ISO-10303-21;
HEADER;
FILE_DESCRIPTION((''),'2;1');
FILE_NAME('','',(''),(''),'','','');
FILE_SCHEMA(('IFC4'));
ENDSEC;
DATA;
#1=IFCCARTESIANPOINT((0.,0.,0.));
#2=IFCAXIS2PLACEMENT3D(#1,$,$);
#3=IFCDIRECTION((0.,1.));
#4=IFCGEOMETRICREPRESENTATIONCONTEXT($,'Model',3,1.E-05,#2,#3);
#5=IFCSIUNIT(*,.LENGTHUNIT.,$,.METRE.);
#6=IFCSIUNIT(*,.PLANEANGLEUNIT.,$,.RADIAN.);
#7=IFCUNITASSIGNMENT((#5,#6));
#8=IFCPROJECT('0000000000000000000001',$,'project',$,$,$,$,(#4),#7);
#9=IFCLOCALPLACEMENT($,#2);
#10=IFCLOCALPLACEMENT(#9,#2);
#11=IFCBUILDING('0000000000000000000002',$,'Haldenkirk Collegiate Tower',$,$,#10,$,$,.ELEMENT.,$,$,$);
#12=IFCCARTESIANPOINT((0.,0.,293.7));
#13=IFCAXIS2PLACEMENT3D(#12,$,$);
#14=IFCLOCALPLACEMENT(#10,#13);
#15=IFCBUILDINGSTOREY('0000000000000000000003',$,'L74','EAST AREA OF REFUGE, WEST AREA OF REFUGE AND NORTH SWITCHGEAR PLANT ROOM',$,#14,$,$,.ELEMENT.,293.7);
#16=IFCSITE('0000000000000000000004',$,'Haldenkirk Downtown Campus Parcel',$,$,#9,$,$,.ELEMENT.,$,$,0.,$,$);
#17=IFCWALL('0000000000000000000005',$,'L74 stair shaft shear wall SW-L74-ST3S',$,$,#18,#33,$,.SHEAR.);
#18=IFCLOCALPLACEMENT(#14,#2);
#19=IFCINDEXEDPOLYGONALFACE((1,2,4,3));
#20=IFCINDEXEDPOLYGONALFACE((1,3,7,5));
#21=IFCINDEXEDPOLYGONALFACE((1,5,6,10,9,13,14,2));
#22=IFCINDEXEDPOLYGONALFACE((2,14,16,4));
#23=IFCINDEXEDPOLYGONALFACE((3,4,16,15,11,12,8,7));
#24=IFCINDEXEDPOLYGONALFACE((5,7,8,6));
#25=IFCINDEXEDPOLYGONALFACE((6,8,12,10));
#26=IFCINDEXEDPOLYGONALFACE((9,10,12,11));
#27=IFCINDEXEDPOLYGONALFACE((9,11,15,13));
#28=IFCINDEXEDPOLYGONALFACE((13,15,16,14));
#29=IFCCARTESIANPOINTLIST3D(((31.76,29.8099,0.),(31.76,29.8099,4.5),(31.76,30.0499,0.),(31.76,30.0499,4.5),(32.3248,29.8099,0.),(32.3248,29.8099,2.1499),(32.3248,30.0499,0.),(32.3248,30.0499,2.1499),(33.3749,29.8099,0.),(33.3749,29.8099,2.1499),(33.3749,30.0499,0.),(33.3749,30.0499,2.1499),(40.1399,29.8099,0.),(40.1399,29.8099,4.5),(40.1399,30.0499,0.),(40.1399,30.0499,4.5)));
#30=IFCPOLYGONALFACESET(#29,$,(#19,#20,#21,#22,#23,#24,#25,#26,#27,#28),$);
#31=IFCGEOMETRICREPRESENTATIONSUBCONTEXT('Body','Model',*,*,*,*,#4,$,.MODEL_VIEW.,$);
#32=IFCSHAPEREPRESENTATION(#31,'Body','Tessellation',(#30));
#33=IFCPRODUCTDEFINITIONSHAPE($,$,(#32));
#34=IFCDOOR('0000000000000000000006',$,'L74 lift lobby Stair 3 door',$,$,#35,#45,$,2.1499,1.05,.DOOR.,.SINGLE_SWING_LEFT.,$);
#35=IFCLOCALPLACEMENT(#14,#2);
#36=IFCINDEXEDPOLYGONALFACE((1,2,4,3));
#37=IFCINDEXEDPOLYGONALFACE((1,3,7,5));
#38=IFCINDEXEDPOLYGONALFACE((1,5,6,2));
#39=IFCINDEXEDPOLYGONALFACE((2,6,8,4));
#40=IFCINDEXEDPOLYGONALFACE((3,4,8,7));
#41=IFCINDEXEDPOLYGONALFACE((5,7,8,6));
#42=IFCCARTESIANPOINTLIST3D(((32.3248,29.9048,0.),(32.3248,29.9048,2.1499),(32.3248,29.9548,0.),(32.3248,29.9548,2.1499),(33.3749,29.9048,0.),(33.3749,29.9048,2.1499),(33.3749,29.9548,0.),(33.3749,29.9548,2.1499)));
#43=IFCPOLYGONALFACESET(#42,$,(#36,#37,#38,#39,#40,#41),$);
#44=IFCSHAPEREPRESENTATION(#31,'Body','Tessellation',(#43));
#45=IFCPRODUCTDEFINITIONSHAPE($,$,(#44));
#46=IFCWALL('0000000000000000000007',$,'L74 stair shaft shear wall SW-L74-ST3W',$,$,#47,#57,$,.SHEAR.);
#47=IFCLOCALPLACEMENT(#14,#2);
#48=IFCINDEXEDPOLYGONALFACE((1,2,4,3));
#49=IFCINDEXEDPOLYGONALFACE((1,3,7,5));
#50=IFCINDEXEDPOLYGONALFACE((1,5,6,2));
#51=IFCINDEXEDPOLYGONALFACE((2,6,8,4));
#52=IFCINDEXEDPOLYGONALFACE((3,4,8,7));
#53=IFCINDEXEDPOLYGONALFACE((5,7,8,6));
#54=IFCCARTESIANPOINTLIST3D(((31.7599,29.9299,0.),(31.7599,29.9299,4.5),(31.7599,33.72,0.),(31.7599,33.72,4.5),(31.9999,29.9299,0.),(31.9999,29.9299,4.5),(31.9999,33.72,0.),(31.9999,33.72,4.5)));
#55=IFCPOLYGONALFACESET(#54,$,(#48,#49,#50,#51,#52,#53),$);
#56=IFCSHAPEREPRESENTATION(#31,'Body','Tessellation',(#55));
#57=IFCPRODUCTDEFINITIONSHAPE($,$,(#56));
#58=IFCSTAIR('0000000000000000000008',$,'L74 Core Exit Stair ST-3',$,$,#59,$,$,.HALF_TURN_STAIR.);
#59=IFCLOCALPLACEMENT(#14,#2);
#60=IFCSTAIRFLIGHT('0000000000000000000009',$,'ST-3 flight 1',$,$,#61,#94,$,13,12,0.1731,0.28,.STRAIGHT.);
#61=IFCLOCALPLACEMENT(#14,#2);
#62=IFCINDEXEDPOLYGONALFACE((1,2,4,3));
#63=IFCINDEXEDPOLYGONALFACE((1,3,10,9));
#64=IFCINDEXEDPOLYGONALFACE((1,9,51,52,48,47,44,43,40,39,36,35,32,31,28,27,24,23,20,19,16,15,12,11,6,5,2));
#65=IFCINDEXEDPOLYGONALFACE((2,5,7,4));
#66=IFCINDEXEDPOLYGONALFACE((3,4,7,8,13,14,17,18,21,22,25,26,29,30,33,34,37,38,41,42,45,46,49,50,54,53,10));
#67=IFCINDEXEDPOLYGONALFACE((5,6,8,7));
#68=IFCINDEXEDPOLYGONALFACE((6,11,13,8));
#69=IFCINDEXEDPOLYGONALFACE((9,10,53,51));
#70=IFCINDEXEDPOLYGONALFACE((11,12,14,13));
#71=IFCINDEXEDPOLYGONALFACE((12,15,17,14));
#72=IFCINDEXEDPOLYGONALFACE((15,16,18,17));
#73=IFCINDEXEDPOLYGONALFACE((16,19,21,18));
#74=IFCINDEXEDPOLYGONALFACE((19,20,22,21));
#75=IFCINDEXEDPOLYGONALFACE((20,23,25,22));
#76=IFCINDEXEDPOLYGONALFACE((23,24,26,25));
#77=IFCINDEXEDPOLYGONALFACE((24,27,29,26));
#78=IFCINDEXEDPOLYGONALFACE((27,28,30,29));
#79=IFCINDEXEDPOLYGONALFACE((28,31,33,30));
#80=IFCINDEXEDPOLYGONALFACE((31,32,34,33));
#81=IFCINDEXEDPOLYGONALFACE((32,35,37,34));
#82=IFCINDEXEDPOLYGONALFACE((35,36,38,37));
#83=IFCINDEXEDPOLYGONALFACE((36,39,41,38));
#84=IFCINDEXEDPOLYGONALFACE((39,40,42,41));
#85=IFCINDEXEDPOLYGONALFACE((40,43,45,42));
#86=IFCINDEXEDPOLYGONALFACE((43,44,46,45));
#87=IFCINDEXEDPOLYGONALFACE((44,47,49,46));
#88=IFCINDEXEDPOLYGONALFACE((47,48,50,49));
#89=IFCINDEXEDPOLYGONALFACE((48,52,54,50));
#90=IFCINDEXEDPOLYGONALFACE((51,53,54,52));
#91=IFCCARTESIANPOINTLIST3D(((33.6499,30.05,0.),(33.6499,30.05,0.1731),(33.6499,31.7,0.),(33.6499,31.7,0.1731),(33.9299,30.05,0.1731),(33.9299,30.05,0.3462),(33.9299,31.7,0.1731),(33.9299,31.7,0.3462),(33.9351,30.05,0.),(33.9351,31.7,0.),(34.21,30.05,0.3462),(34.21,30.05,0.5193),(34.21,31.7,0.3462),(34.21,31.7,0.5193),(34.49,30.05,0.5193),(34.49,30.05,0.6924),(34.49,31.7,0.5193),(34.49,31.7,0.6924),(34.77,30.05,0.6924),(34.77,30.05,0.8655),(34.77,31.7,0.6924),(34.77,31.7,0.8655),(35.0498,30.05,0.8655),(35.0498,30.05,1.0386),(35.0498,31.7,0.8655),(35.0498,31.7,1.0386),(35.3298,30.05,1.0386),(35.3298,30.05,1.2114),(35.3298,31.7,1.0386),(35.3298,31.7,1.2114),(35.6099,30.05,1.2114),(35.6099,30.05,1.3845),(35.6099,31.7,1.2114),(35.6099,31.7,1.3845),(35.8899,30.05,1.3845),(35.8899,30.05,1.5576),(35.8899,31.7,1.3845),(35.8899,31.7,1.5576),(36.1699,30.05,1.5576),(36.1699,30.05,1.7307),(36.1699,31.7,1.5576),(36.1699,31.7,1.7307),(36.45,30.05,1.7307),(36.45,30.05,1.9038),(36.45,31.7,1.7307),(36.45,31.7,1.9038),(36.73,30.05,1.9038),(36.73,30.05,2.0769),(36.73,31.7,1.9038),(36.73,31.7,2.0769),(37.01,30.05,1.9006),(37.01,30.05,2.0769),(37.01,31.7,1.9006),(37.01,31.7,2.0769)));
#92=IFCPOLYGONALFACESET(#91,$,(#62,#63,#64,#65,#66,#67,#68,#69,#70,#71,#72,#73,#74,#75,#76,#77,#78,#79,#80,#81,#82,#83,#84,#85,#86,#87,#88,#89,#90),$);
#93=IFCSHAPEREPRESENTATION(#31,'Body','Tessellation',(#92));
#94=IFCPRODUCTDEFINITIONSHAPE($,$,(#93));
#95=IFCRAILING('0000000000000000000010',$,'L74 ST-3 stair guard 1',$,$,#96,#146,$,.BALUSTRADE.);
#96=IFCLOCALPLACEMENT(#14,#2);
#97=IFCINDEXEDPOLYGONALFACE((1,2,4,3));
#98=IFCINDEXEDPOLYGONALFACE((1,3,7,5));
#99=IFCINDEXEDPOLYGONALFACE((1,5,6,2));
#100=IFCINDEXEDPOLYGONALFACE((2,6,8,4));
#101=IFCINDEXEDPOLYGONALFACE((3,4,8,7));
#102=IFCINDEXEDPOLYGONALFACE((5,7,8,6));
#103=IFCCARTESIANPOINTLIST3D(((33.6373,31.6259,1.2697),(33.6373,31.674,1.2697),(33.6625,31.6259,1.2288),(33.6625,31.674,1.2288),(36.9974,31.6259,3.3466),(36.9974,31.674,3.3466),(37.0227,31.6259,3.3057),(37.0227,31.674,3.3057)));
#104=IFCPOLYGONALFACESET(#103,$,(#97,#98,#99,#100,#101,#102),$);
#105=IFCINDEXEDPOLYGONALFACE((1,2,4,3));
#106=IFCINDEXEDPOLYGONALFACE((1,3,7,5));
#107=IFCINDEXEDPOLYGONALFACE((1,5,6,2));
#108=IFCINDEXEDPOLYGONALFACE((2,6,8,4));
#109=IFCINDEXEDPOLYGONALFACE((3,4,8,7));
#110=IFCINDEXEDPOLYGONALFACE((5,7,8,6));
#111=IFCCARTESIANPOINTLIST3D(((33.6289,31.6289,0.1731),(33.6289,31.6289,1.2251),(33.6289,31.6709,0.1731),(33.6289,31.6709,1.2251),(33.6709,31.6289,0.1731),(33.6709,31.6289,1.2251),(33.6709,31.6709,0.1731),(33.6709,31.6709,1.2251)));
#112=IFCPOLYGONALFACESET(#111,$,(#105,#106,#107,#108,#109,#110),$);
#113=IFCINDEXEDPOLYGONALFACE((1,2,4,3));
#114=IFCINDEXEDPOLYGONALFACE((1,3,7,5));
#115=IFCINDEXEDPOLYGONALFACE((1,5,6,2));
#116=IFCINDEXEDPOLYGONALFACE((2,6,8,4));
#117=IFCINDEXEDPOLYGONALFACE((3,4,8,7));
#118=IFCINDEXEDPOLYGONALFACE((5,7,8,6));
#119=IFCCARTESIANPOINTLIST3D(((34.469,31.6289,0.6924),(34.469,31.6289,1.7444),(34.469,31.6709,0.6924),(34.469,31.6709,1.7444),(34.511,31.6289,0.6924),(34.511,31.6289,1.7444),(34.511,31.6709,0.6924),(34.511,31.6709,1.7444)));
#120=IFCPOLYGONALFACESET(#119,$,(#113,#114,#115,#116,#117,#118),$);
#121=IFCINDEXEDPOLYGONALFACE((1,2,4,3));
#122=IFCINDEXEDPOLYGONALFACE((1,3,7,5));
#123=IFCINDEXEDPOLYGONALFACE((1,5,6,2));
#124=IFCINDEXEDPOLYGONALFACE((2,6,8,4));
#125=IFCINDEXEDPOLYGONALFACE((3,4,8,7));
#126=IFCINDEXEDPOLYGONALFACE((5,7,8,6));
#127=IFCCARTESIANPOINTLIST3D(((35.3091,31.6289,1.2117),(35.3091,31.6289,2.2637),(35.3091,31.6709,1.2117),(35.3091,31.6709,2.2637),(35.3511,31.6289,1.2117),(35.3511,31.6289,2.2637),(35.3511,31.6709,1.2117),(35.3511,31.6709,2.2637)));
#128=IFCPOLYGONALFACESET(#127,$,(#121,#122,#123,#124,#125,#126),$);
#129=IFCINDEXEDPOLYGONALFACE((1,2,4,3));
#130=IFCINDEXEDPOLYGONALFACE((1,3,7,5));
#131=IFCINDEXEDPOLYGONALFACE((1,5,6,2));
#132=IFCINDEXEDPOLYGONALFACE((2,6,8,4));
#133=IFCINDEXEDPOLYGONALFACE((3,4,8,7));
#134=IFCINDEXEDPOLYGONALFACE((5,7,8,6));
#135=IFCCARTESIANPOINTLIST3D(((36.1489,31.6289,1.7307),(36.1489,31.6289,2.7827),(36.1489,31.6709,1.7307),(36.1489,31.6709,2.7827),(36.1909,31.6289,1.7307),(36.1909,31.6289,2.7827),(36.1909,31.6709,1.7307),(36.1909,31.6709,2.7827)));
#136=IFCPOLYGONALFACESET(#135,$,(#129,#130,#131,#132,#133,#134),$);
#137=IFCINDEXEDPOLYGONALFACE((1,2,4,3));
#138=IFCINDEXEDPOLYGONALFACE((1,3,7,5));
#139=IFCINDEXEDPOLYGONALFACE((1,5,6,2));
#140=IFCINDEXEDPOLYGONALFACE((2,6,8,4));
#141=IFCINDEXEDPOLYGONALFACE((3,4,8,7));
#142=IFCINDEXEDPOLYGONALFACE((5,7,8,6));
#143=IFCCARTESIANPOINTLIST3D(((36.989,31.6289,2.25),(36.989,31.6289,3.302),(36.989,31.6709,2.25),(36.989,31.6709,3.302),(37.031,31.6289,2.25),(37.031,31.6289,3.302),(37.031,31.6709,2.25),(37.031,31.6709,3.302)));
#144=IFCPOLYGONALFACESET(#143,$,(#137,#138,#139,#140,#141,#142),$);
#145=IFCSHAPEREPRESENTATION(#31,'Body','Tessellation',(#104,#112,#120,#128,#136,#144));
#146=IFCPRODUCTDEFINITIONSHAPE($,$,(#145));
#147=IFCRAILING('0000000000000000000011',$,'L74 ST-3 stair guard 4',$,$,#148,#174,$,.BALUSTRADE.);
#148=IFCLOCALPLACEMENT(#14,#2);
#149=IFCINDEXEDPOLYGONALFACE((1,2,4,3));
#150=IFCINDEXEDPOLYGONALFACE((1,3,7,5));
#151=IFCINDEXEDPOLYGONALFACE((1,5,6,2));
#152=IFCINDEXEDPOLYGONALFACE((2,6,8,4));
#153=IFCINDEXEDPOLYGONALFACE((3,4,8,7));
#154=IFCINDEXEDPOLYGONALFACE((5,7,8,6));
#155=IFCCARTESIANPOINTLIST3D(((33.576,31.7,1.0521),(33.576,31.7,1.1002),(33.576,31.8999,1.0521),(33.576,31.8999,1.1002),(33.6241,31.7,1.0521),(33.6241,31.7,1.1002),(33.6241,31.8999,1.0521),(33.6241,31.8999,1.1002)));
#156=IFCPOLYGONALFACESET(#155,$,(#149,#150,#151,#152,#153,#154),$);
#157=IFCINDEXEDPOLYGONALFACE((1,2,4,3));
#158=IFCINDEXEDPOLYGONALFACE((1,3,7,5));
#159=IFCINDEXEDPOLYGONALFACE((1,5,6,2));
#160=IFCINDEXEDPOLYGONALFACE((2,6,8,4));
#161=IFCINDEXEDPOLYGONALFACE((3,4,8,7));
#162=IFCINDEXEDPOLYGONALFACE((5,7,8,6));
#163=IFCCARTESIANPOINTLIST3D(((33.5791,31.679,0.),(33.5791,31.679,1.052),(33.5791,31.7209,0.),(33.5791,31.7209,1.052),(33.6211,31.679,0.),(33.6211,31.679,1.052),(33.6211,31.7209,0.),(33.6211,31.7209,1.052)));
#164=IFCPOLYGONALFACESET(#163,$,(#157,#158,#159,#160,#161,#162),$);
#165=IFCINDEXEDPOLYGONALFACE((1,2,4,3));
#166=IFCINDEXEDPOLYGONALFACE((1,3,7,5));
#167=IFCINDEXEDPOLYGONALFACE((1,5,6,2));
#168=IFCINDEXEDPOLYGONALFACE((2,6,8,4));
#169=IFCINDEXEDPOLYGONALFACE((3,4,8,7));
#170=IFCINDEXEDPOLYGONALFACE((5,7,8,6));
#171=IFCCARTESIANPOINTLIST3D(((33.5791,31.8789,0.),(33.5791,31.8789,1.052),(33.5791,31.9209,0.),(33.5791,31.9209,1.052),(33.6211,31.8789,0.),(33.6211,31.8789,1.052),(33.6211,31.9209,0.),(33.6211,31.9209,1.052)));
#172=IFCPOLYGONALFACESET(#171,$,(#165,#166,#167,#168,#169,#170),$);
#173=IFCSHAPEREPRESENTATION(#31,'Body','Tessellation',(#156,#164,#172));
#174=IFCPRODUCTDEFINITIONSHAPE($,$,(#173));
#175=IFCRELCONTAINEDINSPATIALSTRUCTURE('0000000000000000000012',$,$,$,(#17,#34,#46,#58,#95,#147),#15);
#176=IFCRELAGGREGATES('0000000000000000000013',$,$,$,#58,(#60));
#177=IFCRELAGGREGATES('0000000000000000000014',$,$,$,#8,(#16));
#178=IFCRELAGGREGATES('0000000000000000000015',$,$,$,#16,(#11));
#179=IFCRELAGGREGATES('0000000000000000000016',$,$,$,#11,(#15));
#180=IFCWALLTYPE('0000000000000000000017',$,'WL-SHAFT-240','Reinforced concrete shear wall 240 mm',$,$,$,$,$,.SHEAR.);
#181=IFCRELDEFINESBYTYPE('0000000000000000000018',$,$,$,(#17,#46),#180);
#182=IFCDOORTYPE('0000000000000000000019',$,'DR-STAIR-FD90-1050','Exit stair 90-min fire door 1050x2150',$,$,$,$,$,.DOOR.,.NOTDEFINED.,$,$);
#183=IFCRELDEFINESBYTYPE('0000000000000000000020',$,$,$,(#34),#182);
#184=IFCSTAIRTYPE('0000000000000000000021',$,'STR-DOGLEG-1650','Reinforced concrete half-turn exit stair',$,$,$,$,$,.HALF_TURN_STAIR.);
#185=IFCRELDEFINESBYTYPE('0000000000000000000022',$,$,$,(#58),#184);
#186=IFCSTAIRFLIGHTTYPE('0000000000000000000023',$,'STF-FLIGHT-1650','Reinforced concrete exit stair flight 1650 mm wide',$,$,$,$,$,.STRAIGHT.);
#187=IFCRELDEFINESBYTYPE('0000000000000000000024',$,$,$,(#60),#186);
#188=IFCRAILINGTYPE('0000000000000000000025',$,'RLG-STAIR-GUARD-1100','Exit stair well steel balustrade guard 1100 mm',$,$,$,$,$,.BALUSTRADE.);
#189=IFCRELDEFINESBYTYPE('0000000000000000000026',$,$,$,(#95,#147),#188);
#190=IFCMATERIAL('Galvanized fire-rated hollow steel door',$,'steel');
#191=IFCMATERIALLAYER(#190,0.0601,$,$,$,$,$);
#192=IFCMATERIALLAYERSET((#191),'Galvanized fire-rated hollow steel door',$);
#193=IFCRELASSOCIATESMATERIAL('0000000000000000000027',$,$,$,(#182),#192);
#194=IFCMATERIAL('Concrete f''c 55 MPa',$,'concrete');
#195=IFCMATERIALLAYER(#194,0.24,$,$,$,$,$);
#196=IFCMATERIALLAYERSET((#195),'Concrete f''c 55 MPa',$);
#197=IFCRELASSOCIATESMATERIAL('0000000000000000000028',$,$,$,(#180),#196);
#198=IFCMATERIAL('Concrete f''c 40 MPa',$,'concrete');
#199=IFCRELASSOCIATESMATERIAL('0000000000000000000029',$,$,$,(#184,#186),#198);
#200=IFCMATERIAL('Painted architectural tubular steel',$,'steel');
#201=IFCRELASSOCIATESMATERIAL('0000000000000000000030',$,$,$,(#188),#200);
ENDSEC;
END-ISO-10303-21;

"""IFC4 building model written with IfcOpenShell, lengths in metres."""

from ifc_helpers import new_model, si_unit, direction, frame, frame_2d, origin, origin_2d, place, context, subcontext, project, spatial, polyline, rectangle, outline, extrude, material, layer, layer_set, type_object, element, fill, aggregate, save


model = new_model("IFC4")

# Units and contexts
model_context = context("Model", 3, precision=1e-05, world=origin(), true_north=direction((0.0, 1.0)))
body_context = subcontext(model_context, "Body", "Model", "MODEL_VIEW")
ifc_project = project(units=[si_unit("LENGTHUNIT", "METRE"), si_unit("PLANEANGLEUNIT", "RADIAN")], contexts=[model_context])

# Site, building, storey
site_placement = place(None, origin())
site = spatial("IfcSite", under=ifc_project, at=site_placement, Name="Haldenkirk Downtown Campus Parcel", CompositionType="ELEMENT", RefElevation=0.0)
building_placement = place(site_placement, origin())
building = spatial("IfcBuilding", under=site, at=building_placement, Name="Haldenkirk Collegiate Tower", CompositionType="ELEMENT")
storey_placement = place(building_placement, frame((0.0, 0.0, 293.7)))
storey = spatial("IfcBuildingStorey", under=building, at=storey_placement, Name="L74", Description="EAST AREA OF REFUGE, WEST AREA OF REFUGE AND NORTH SWITCHGEAR PLANT ROOM", CompositionType="ELEMENT", Elevation=293.7)

# Shared definitions
ifc_material_1 = material(Name="Concrete f'c 55 MPa", Category="concrete")
ifc_material_2 = material(Name="Galvanized fire-rated hollow steel door", Category="steel")
ifc_layer_1 = layer(ifc_material_2, 0.0601)
ifc_layer_set_1 = layer_set([ifc_layer_1], Name="Galvanized fire-rated hollow steel door")
door_type_1 = type_object("IfcDoorType", Name="DR-STAIR-FD90-1050", Description="Exit stair 90-min fire door 1050x2150", OperationType="NOTDEFINED", PredefinedType="DOOR", material=ifc_layer_set_1)

# Wall, opening, door
ifc_layer_2 = layer(ifc_material_1, 0.24)
ifc_layer_set_2 = layer_set([ifc_layer_2], Name="Concrete f'c 55 MPa")
wall_type_1 = type_object("IfcWallType", Name="WL-SHAFT-240", Description="Reinforced concrete shear wall 240 mm", PredefinedType="SHEAR", material=ifc_layer_set_2)
wall_1_placement = place(storey_placement, frame((31.76, 29.9299, 0.0), z_axis=(0.0, 0.0, 1.0), x_axis=(1.0, 0.0, 0.0)))
wall_1 = element("IfcWall", 1, at=wall_1_placement, inside=storey, type_object=wall_type_1, Name="L74 stair shaft shear wall SW-L74-ST3S", PredefinedType="SHEAR", context=body_context, shape_type="SweptSolid", body=[
    extrude(rectangle(XDim=8.3799, YDim=0.24, at=frame_2d((4.1899, 0.0))), origin(), (0.0, 0.0, 1.0), 4.5),
])
opening_1_placement = place(wall_1_placement, frame((0.5649, 0.0, 0.0)))
opening_1 = element("IfcOpeningElement", 2, at=opening_1_placement, cuts=wall_1, PredefinedType="OPENING", context=body_context, shape_type="SweptSolid", body=[
    extrude(rectangle(XDim=1.05, YDim=2.1499, at=frame_2d((0.5249, 1.075))), frame((0.0, 0.1299, 0.0), z_axis=(0.0, -1.0, 0.0), x_axis=(1.0, 0.0, 0.0)), (0.0, 0.0, 1.0), 0.26),
])
door_1_placement = place(opening_1_placement, origin())
door_1 = element("IfcDoor", 3, at=door_1_placement, inside=storey, type_object=door_type_1, Name="L74 lift lobby Stair 3 door", OperationType="SINGLE_SWING_LEFT", OverallHeight=2.1499, OverallWidth=1.05, PredefinedType="DOOR", context=body_context, shape_type="SweptSolid", body=[
    extrude(rectangle(XDim=1.05, YDim=2.1499, at=frame_2d((0.5249, 1.075))), frame((0.0, 0.0249, 0.0), z_axis=(0.0, -1.0, 0.0), x_axis=(1.0, 0.0, 0.0)), (0.0, 0.0, 1.0), 0.05),
])
fill(opening_1, door_1)

# Wall
wall_2_placement = place(storey_placement, frame((31.8799, 29.9299, 0.0), z_axis=(0.0, 0.0, 1.0), x_axis=(0.0, 1.0, 0.0)))
element("IfcWall", 4, at=wall_2_placement, inside=storey, type_object=wall_type_1, Name="L74 stair shaft shear wall SW-L74-ST3W", PredefinedType="SHEAR", context=body_context, shape_type="SweptSolid", body=[
    extrude(rectangle(XDim=3.79, YDim=0.24, at=frame_2d((1.895, 0.0))), origin(), (0.0, 0.0, 1.0), 4.5),
])

# Stair, stair flight
ifc_material_3 = material(Name="Concrete f'c 40 MPa", Category="concrete")
stair_type = type_object("IfcStairType", Name="STR-DOGLEG-1650", Description="Reinforced concrete half-turn exit stair", PredefinedType="HALF_TURN_STAIR", material=ifc_material_3)
stair_placement = place(storey_placement, origin())
stair = element("IfcStair", 5, at=stair_placement, inside=storey, type_object=stair_type, Name="L74 Core Exit Stair ST-3", PredefinedType="HALF_TURN_STAIR")
stair_flight_type = type_object("IfcStairFlightType", Name="STF-FLIGHT-1650", Description="Reinforced concrete exit stair flight 1650 mm wide", PredefinedType="STRAIGHT", material=ifc_material_3)
stair_flight_placement = place(storey_placement, frame((33.6499, 30.875, 0.0), z_axis=(0.0, 0.0, 1.0), x_axis=(1.0, 0.0, 0.0)))
stair_flight = element("IfcStairFlight", 6, at=stair_flight_placement, type_object=stair_flight_type, Name="ST-3 flight 1", NumberOfRisers=13, NumberOfTreads=12, PredefinedType="STRAIGHT", RiserHeight=0.1731, TreadLength=0.28, context=body_context, shape_type="SweptSolid", body=[
    extrude(outline(polyline([(0.0, 0.0), (0.0, 0.1731), (0.28, 0.1731), (0.28, 0.3462), (0.5601, 0.3462), (0.5601, 0.5193), (0.8401, 0.5193), (0.8401, 0.6924), (1.1201, 0.6924), (1.1201, 0.8655), (1.3999, 0.8655), (1.3999, 1.0386), (1.6799, 1.0386), (1.6799, 1.2114), (1.96, 1.2114), (1.96, 1.3845), (2.24, 1.3845), (2.24, 1.5576), (2.52, 1.5576), (2.52, 1.7307), (2.8, 1.7307), (2.8, 1.9038), (3.0801, 1.9038), (3.0801, 2.0769), (3.3601, 2.0769), (3.3601, 2.25), (3.3601, 1.9006), (0.2852, 0.0), (0.0, 0.0)])), frame((0.0, 0.825, 0.0), z_axis=(0.0, -1.0, 0.0), x_axis=(1.0, 0.0, 0.0)), (0.0, 0.0, 1.0), 1.6499),
])
aggregate(stair, [stair_flight])

# Railings
ifc_material_4 = material(Name="Painted architectural tubular steel", Category="steel")
railing_type_1 = type_object("IfcRailingType", Name="RLG-STAIR-GUARD-1100", Description="Exit stair well steel balustrade guard 1100 mm", PredefinedType="BALUSTRADE", material=ifc_material_4)
railing_1_placement = place(storey_placement, frame((33.6499, 31.6499, 0.1731)))
element("IfcRailing", 7, at=railing_1_placement, inside=storey, type_object=railing_type_1, Name="L74 ST-3 stair guard 1", PredefinedType="BALUSTRADE", context=body_context, shape_type="SweptSolid", body=[
    extrude(rectangle(XDim=0.0481, YDim=0.0481, at=origin_2d()), frame((0.0, 0.0, 1.0762), z_axis=(0.850623, 0.0, 0.525776), x_axis=(0.0, 1.0, 0.0)), (0.0, 0.0, 1.0), 3.9502),
    extrude(rectangle(XDim=0.042, YDim=0.042, at=origin_2d()), origin(), (0.0, 0.0, 1.0), 1.052),
    extrude(rectangle(XDim=0.042, YDim=0.042, at=origin_2d()), frame((0.8401, 0.0, 0.5193)), (0.0, 0.0, 1.0), 1.052),
    extrude(rectangle(XDim=0.042, YDim=0.042, at=origin_2d()), frame((1.6802, 0.0, 1.0386)), (0.0, 0.0, 1.0), 1.052),
    extrude(rectangle(XDim=0.042, YDim=0.042, at=origin_2d()), frame((2.52, 0.0, 1.5576)), (0.0, 0.0, 1.0), 1.052),
    extrude(rectangle(XDim=0.042, YDim=0.042, at=origin_2d()), frame((3.3601, 0.0, 2.0769)), (0.0, 0.0, 1.0), 1.052),
])
railing_2_placement = place(storey_placement, frame((33.6001, 31.7, 0.0)))
element("IfcRailing", 8, at=railing_2_placement, inside=storey, type_object=railing_type_1, Name="L74 ST-3 stair guard 4", PredefinedType="BALUSTRADE", context=body_context, shape_type="SweptSolid", body=[
    extrude(rectangle(XDim=0.0481, YDim=0.0481, at=origin_2d()), frame((0.0, 0.0, 1.0762), z_axis=(0.0, 1.0, 0.0), x_axis=(-1.0, 0.0, 0.0)), (0.0, 0.0, 1.0), 0.2),
    extrude(rectangle(XDim=0.042, YDim=0.042, at=origin_2d()), origin(), (0.0, 0.0, 1.0), 1.052),
    extrude(rectangle(XDim=0.042, YDim=0.042, at=origin_2d()), frame((0.0, 0.2, 0.0)), (0.0, 0.0, 1.0), 1.052),
])

save(model, "model.ifc")
